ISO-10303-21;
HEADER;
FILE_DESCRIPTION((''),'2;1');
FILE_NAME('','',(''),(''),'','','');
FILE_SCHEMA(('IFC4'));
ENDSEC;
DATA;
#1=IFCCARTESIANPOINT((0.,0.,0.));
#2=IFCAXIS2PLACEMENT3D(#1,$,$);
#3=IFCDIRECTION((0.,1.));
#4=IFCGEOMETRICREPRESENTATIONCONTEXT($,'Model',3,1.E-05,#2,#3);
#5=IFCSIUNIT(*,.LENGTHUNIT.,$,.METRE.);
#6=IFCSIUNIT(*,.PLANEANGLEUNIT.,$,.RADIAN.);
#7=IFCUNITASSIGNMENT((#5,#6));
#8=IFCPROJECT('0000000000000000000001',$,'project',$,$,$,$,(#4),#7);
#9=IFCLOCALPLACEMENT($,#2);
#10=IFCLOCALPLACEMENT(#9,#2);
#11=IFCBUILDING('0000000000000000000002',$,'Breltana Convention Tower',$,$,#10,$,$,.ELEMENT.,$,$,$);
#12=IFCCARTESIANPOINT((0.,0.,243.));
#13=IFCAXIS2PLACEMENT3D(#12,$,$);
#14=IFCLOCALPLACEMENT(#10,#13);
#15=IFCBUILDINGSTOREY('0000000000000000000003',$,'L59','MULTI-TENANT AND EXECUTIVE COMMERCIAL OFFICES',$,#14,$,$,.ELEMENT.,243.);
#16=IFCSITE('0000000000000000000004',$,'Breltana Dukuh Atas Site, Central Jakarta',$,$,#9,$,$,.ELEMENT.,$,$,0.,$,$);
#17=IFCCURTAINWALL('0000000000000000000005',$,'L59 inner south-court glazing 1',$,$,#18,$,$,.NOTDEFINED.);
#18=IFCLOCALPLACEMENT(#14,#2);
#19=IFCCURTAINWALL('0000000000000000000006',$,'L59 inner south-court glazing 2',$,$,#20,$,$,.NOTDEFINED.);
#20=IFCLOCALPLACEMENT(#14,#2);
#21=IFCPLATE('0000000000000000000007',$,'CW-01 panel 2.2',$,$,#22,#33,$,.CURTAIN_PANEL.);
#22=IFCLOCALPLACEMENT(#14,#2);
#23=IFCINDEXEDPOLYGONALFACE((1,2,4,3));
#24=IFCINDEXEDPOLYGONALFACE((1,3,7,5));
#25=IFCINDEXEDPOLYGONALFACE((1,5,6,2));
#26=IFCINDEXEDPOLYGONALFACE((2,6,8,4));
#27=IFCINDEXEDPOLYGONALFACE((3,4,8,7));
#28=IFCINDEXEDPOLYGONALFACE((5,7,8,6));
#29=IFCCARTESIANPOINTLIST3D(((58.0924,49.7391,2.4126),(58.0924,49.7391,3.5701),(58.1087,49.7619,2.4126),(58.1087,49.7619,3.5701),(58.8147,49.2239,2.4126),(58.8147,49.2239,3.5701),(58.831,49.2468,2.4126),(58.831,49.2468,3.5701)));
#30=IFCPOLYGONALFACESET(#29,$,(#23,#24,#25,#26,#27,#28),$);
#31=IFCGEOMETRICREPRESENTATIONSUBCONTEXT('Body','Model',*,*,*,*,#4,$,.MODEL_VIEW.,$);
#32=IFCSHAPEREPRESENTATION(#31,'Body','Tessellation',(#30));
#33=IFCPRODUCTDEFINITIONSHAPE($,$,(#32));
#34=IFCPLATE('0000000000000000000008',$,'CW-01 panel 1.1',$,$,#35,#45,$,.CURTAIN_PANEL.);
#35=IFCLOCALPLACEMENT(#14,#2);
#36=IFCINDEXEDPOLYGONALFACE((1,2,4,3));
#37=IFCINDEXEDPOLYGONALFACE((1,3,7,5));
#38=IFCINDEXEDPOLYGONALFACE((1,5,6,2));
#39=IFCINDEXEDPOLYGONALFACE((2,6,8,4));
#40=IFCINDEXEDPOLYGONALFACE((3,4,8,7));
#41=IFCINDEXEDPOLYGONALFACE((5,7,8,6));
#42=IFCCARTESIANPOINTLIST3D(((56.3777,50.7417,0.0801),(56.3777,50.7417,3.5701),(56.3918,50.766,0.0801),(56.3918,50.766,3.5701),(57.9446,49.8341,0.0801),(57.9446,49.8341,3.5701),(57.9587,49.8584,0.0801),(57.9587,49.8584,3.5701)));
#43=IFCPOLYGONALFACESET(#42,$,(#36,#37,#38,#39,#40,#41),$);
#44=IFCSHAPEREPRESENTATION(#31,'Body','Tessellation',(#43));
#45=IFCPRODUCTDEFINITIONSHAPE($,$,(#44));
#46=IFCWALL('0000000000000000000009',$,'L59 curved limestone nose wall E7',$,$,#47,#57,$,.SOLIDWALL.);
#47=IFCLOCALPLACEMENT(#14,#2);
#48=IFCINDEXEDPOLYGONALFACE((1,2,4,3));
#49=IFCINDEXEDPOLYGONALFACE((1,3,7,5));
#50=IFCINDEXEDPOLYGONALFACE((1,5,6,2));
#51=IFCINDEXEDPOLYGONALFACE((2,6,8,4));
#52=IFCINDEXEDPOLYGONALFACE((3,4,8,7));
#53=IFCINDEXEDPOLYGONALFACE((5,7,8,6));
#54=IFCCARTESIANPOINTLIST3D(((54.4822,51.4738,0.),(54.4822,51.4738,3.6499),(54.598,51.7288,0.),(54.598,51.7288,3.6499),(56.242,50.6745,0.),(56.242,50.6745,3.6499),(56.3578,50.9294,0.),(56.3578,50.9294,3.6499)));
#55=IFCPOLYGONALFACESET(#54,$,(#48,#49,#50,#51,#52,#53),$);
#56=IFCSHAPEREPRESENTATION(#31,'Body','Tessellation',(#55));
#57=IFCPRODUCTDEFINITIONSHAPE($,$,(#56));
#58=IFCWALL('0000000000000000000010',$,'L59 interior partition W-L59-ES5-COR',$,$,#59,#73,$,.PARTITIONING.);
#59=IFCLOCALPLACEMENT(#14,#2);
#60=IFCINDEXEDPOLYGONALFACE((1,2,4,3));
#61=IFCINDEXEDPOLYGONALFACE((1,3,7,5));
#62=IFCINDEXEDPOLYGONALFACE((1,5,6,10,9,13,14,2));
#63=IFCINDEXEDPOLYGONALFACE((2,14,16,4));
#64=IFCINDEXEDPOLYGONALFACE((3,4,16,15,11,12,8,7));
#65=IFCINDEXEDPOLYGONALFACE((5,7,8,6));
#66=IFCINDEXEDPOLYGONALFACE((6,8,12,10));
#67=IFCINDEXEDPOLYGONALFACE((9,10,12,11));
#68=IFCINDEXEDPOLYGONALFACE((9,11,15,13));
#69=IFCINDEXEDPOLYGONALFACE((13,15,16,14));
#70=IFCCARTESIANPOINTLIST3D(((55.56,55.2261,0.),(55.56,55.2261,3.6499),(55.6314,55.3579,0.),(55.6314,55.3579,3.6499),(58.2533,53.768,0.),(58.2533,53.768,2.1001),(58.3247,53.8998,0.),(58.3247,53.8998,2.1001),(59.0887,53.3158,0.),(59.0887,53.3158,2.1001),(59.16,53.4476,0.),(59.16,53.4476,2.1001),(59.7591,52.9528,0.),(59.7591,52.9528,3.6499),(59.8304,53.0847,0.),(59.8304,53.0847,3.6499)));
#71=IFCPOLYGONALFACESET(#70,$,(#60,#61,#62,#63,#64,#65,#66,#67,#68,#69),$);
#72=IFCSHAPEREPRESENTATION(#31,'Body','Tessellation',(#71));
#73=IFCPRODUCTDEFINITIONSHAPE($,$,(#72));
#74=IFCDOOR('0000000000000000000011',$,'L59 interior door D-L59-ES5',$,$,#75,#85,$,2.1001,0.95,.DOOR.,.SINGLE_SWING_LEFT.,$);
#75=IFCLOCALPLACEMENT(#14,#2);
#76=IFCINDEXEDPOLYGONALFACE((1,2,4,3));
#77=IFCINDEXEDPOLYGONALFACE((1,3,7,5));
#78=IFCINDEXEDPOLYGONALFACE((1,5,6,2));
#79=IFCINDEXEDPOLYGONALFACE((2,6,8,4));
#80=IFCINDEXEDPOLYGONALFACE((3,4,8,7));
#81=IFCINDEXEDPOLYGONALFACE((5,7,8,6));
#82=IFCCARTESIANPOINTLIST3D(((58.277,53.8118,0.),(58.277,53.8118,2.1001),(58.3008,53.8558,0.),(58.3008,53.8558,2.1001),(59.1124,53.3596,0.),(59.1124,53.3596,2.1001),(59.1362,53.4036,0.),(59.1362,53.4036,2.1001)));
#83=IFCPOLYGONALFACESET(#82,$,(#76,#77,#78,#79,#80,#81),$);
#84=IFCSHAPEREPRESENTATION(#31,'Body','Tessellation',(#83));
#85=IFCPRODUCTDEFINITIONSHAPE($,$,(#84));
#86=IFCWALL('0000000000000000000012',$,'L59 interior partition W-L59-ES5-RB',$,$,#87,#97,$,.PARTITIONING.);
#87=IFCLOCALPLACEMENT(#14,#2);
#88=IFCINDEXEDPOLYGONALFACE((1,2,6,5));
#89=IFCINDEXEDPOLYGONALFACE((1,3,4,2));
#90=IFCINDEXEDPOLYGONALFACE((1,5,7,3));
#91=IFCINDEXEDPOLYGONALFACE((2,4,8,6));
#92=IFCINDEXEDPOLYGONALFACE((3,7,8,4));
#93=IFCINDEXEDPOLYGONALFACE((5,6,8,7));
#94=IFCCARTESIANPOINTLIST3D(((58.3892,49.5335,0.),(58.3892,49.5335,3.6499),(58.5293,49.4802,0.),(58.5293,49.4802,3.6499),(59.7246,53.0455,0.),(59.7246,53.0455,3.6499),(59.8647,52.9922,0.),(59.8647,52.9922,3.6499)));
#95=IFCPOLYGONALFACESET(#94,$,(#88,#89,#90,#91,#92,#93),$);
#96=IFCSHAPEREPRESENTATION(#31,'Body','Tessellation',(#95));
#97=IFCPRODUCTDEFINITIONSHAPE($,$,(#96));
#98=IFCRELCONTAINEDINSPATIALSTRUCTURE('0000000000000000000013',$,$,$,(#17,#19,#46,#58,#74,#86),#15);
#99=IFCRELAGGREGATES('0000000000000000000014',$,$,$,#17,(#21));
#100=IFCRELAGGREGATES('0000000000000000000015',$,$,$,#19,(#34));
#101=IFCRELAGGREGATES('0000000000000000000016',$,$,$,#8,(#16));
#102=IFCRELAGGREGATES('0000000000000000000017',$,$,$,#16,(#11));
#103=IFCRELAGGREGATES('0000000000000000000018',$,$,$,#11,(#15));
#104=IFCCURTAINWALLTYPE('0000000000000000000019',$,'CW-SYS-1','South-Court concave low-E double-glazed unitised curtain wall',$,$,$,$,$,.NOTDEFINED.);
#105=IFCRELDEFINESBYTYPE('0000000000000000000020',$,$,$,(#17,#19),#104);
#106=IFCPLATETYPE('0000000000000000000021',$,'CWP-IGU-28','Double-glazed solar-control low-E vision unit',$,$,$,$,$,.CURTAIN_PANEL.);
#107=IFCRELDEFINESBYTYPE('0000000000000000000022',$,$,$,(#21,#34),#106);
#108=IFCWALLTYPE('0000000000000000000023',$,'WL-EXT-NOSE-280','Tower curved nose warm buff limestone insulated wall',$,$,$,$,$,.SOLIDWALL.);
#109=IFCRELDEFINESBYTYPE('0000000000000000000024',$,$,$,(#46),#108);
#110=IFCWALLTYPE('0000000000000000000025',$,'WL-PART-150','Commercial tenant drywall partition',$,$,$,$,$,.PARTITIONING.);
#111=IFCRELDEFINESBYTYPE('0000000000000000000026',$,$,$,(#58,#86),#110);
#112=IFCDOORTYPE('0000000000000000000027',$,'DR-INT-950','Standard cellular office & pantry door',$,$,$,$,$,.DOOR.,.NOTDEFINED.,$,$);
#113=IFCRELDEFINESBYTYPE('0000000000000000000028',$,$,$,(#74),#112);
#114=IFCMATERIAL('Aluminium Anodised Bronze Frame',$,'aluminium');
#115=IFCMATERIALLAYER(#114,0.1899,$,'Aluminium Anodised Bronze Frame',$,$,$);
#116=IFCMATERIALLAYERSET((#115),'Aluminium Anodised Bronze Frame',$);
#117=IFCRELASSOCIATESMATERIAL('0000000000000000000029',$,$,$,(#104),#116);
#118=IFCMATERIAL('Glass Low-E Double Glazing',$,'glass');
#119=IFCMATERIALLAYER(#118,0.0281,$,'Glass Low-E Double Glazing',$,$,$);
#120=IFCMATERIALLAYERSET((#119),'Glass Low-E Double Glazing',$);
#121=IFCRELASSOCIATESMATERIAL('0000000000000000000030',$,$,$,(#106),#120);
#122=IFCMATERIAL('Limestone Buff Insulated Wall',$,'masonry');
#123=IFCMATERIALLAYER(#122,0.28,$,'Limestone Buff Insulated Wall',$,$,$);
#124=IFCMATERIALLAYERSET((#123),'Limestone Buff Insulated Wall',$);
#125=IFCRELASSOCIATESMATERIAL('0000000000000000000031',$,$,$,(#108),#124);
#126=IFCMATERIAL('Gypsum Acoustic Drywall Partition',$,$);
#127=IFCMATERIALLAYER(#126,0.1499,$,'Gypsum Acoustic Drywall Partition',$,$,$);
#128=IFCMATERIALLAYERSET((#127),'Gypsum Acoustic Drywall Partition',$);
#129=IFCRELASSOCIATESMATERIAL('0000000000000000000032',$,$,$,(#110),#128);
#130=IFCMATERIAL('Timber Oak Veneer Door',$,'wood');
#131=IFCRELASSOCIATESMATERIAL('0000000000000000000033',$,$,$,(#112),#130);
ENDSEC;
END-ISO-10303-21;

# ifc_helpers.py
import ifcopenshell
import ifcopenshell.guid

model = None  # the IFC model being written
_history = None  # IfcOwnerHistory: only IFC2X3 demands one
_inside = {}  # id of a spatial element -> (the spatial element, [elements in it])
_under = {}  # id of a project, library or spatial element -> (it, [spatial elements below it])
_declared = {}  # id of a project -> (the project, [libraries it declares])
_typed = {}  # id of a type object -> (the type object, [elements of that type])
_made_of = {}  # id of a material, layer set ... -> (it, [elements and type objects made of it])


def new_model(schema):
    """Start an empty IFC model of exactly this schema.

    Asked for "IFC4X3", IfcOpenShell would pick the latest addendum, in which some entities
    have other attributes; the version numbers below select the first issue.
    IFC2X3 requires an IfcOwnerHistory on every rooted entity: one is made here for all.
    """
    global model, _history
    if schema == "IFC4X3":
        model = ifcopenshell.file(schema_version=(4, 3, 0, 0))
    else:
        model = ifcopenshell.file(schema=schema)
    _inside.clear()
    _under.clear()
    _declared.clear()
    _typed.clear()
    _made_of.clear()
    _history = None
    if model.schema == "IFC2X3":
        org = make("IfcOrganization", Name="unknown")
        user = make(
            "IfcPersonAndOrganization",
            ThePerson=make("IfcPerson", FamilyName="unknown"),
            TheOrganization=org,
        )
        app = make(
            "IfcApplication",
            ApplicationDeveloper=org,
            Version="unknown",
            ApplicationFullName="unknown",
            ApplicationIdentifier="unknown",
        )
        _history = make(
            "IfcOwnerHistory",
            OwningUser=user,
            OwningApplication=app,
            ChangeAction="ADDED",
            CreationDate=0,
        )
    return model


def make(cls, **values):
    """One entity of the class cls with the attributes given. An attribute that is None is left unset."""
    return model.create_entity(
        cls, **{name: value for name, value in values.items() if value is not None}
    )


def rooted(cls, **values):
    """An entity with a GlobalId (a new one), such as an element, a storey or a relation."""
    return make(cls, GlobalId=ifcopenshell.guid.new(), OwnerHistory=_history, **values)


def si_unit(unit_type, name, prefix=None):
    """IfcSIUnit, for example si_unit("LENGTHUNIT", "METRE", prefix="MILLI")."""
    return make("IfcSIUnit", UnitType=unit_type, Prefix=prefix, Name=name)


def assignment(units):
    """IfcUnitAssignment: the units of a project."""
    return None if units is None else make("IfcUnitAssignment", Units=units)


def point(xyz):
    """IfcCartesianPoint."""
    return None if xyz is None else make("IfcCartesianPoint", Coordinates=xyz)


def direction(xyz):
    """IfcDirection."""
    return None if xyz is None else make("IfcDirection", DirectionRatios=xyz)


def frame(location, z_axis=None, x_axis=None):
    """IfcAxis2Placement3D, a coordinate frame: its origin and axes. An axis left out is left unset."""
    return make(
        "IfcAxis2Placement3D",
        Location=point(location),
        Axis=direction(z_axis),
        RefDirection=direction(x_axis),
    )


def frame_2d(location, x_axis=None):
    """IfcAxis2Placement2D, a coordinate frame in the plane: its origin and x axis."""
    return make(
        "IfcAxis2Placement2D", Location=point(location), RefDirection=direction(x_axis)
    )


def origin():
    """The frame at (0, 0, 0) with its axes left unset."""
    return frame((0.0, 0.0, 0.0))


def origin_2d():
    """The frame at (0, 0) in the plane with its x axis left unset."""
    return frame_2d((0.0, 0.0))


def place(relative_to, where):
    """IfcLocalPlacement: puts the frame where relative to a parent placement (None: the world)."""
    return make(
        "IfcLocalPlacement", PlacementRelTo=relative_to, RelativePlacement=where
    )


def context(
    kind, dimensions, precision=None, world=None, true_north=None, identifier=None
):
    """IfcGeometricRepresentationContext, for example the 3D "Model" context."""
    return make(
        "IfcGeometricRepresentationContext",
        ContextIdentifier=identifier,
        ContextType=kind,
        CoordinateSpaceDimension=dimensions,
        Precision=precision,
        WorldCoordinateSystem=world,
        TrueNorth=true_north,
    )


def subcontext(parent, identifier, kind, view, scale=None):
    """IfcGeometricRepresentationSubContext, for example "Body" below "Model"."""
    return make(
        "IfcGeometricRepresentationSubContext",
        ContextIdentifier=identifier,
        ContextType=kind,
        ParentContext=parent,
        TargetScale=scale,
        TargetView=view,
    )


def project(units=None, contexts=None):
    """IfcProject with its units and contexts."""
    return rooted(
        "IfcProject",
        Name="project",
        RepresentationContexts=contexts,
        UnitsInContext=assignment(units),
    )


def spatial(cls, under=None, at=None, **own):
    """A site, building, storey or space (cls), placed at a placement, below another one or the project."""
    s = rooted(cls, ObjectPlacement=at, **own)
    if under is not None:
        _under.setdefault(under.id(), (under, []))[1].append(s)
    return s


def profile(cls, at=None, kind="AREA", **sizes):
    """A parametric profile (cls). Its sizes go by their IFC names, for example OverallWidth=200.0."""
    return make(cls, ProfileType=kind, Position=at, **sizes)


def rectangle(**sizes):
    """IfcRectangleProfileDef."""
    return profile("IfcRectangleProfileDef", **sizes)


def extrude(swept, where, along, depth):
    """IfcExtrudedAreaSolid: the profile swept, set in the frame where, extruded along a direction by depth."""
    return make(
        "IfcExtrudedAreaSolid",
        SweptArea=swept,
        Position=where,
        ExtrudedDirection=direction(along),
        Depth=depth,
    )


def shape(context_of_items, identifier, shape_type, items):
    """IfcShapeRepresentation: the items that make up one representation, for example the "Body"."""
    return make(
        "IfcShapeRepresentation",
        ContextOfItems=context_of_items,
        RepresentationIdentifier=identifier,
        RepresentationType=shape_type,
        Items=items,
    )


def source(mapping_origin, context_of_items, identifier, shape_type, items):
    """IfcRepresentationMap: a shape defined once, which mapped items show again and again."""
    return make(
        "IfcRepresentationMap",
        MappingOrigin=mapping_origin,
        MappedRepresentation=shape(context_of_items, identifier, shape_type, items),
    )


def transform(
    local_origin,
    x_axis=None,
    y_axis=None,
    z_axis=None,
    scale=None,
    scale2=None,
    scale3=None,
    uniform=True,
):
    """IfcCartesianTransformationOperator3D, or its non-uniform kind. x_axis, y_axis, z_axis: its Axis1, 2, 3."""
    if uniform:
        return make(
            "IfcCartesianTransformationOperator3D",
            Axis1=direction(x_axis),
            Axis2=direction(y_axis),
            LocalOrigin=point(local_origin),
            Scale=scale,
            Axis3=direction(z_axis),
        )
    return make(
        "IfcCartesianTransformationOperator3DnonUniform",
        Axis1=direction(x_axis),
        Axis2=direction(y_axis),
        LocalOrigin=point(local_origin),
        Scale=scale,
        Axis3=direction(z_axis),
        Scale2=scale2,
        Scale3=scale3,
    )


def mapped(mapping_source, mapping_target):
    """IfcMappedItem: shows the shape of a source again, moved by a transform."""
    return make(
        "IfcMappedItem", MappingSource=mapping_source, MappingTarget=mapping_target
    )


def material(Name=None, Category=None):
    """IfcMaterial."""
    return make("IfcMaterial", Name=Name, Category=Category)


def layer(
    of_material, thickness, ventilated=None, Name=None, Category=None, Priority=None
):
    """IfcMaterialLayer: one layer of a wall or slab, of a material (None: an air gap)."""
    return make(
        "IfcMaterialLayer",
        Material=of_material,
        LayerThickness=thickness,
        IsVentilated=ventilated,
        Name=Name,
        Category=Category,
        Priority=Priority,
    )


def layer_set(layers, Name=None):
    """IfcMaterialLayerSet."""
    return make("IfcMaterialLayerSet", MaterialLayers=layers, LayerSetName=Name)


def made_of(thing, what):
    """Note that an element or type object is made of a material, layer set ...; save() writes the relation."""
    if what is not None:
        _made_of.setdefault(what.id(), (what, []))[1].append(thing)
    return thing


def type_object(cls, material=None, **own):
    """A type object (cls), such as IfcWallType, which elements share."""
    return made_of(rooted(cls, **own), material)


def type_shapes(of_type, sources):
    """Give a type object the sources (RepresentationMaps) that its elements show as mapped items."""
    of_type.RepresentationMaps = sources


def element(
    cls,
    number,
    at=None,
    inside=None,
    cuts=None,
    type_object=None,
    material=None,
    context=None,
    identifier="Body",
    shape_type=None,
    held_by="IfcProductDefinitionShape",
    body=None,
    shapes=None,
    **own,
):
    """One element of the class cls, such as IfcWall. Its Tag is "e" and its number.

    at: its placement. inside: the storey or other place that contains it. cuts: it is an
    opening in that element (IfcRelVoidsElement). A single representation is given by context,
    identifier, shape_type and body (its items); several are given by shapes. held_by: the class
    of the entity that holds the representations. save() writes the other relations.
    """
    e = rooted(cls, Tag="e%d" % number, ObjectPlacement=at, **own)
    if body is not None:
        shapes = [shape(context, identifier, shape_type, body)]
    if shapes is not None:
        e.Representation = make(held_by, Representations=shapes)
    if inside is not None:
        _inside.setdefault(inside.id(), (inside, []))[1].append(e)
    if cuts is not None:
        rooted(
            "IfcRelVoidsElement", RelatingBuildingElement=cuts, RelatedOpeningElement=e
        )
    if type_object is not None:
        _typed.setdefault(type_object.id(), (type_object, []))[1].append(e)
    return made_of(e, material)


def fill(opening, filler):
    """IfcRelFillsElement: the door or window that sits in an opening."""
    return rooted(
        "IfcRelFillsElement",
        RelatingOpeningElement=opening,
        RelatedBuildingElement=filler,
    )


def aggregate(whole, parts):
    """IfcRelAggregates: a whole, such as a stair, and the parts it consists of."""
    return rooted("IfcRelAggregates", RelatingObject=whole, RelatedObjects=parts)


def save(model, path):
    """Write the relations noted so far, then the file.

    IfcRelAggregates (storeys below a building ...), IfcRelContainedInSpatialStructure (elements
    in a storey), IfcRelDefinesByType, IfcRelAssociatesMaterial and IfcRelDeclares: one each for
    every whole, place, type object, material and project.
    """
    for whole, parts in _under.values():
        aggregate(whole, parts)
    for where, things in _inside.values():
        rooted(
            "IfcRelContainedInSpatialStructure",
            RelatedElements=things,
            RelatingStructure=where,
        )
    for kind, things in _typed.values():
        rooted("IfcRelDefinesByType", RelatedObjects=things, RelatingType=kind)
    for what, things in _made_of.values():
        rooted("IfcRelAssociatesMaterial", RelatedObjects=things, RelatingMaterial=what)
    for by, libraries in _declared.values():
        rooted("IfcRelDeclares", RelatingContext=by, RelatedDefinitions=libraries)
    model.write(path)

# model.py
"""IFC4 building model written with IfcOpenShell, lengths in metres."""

from ifc_helpers import new_model, si_unit, direction, frame, frame_2d, origin, origin_2d, place, context, subcontext, project, spatial, rectangle, extrude, source, transform, mapped, material, layer, layer_set, type_object, type_shapes, element, fill, aggregate, save


model = new_model("IFC4")

# Units and contexts
model_context = context("Model", 3, precision=1e-05, world=origin(), true_north=direction((0.0, 1.0)))
body_context = subcontext(model_context, "Body", "Model", "MODEL_VIEW")
ifc_project = project(units=[si_unit("LENGTHUNIT", "METRE"), si_unit("PLANEANGLEUNIT", "RADIAN")], contexts=[model_context])

# Site, building, storey
site_placement = place(None, origin())
site = spatial("IfcSite", under=ifc_project, at=site_placement, Name="Breltana Dukuh Atas Site, Central Jakarta", CompositionType="ELEMENT", RefElevation=0.0)
building_placement = place(site_placement, origin())
building = spatial("IfcBuilding", under=site, at=building_placement, Name="Breltana Convention Tower", CompositionType="ELEMENT")
storey_placement = place(building_placement, frame((0.0, 0.0, 243.0)))
storey = spatial("IfcBuildingStorey", under=building, at=storey_placement, Name="L59", Description="MULTI-TENANT AND EXECUTIVE COMMERCIAL OFFICES", CompositionType="ELEMENT", Elevation=243.0)

# Curtain wall
ifc_material_1 = material(Name="Aluminium Anodised Bronze Frame", Category="aluminium")
ifc_layer_1 = layer(ifc_material_1, 0.1899, Name="Aluminium Anodised Bronze Frame")
ifc_layer_set_1 = layer_set([ifc_layer_1], Name="Aluminium Anodised Bronze Frame")
curtain_wall_type = type_object("IfcCurtainWallType", Name="CW-SYS-1", Description="South-Court concave low-E double-glazed unitised curtain wall", PredefinedType="NOTDEFINED", material=ifc_layer_set_1)
curtain_wall_1_placement = place(storey_placement, origin())
curtain_wall_1 = element("IfcCurtainWall", 1, at=curtain_wall_1_placement, inside=storey, type_object=curtain_wall_type, Name="L59 inner south-court glazing 1", PredefinedType="NOTDEFINED")

# Curtain wall
curtain_wall_2_placement = place(storey_placement, origin())
curtain_wall_2 = element("IfcCurtainWall", 2, at=curtain_wall_2_placement, inside=storey, type_object=curtain_wall_type, Name="L59 inner south-court glazing 2", PredefinedType="NOTDEFINED")

# Plates
ifc_material_2 = material(Name="Glass Low-E Double Glazing", Category="glass")
ifc_layer_2 = layer(ifc_material_2, 0.0281, Name="Glass Low-E Double Glazing")
ifc_layer_set_2 = layer_set([ifc_layer_2], Name="Glass Low-E Double Glazing")
plate_type = type_object("IfcPlateType", Name="CWP-IGU-28", Description="Double-glazed solar-control low-E vision unit", PredefinedType="CURTAIN_PANEL", material=ifc_layer_set_2)
shared_shape_1 = source(origin(), body_context, "Body", "SweptSolid", [
    extrude(rectangle(XDim=0.8872, YDim=0.0281, at=origin_2d()), origin(), (0.0, 0.0, 1.0), 1.1575),
])
plate_1_placement = place(storey_placement, frame((58.4617, 49.4929, 2.4126), z_axis=(0.0, 0.0, 1.0), x_axis=(-0.814132, 0.580679, 0.0)))
plate_1 = element("IfcPlate", 3, at=plate_1_placement, type_object=plate_type, Name="CW-01 panel 2.2", PredefinedType="CURTAIN_PANEL", context=body_context, shape_type="MappedRepresentation", body=[
    mapped(shared_shape_1, transform((0.0, 0.0, 0.0), scale=1.0)),
])
aggregate(curtain_wall_1, [plate_1])
shared_shape_2 = source(origin(), body_context, "Body", "SweptSolid", [
    extrude(rectangle(XDim=1.8108, YDim=0.0281, at=origin_2d()), origin(), (0.0, 0.0, 1.0), 3.49),
])
plate_2_placement = place(storey_placement, frame((57.1682, 50.3, 0.0801), z_axis=(0.0, 0.0, 1.0), x_axis=(-0.865337, 0.50119, 0.0)))
plate_2 = element("IfcPlate", 4, at=plate_2_placement, type_object=plate_type, Name="CW-01 panel 1.1", PredefinedType="CURTAIN_PANEL", context=body_context, shape_type="MappedRepresentation", body=[
    mapped(shared_shape_2, transform((0.0, 0.0, 0.0), scale=1.0)),
])
aggregate(curtain_wall_2, [plate_2])

# Wall
ifc_material_3 = material(Name="Limestone Buff Insulated Wall", Category="masonry")
ifc_layer_3 = layer(ifc_material_3, 0.28, Name="Limestone Buff Insulated Wall")
ifc_layer_set_3 = layer_set([ifc_layer_3], Name="Limestone Buff Insulated Wall")
wall_type_1 = type_object("IfcWallType", Name="WL-EXT-NOSE-280", Description="Tower curved nose warm buff limestone insulated wall", PredefinedType="SOLIDWALL", material=ifc_layer_set_3)
shared_shape_3 = source(origin(), body_context, "Body", "SweptSolid", [
    extrude(rectangle(XDim=1.9329, YDim=0.28, at=frame_2d((0.9663, 0.0))), origin(), (0.0, 0.0, 1.0), 3.6499),
])
wall_1_placement = place(storey_placement, frame((56.2998, 50.802, 0.0), z_axis=(0.0, 0.0, 1.0), x_axis=(-0.910479, 0.413555, 0.0)))
element("IfcWall", 5, at=wall_1_placement, inside=storey, type_object=wall_type_1, Name="L59 curved limestone nose wall E7", PredefinedType="SOLIDWALL", context=body_context, shape_type="MappedRepresentation", body=[
    mapped(shared_shape_3, transform((0.0, 0.0, 0.0), scale=1.0)),
])

# Wall, opening, door
ifc_material_4 = material(Name="Gypsum Acoustic Drywall Partition")
ifc_layer_4 = layer(ifc_material_4, 0.1499, Name="Gypsum Acoustic Drywall Partition")
ifc_layer_set_4 = layer_set([ifc_layer_4], Name="Gypsum Acoustic Drywall Partition")
wall_type_2 = type_object("IfcWallType", Name="WL-PART-150", Description="Commercial tenant drywall partition", PredefinedType="PARTITIONING", material=ifc_layer_set_4)
shared_shape_4 = source(origin(), body_context, "Body", "SweptSolid", [
    extrude(rectangle(XDim=4.7749, YDim=0.1499, at=frame_2d((2.3875, 0.0))), origin(), (0.0, 0.0, 1.0), 3.6499),
])
wall_2_placement = place(storey_placement, frame((55.5957, 55.292, 0.0), z_axis=(0.0, 0.0, 1.0), x_axis=(0.879402, -0.476081, 0.0)))
wall_2 = element("IfcWall", 6, at=wall_2_placement, inside=storey, type_object=wall_type_2, Name="L59 interior partition W-L59-ES5-COR", PredefinedType="PARTITIONING", context=body_context, shape_type="MappedRepresentation", body=[
    mapped(shared_shape_4, transform((0.0, 0.0, 0.0), scale=1.0)),
])
opening_placement = place(wall_2_placement, frame((3.0625, 0.0, 0.0)))
opening = element("IfcOpeningElement", 7, at=opening_placement, cuts=wall_2, PredefinedType="OPENING", context=body_context, shape_type="SweptSolid", body=[
    extrude(rectangle(XDim=0.95, YDim=2.1001, at=frame_2d((0.4751, 1.05))), frame((0.0, 0.085, 0.0), z_axis=(0.0, -1.0, 0.0), x_axis=(1.0, 0.0, 0.0)), (0.0, 0.0, 1.0), 0.1699),
])
ifc_material_5 = material(Name="Timber Oak Veneer Door", Category="wood")
door_type = type_object("IfcDoorType", Name="DR-INT-950", Description="Standard cellular office & pantry door", OperationType="NOTDEFINED", PredefinedType="DOOR", material=ifc_material_5)
shared_shape_5 = source(origin(), body_context, "Body", "SweptSolid", [
    extrude(rectangle(XDim=0.95, YDim=2.1001, at=frame_2d((0.4751, 1.05))), frame((0.0, 0.0249, 0.0), z_axis=(0.0, -1.0, 0.0), x_axis=(1.0, 0.0, 0.0)), (0.0, 0.0, 1.0), 0.05),
])
type_shapes(door_type, [shared_shape_5])
door_placement = place(opening_placement, origin())
door = element("IfcDoor", 8, at=door_placement, inside=storey, type_object=door_type, Name="L59 interior door D-L59-ES5", OperationType="SINGLE_SWING_LEFT", OverallHeight=2.1001, OverallWidth=0.95, PredefinedType="DOOR", context=body_context, shape_type="MappedRepresentation", body=[
    mapped(shared_shape_5, transform((0.0, 0.0, 0.0), scale=1.0)),
])
fill(opening, door)

# Wall
shared_shape_6 = source(origin(), body_context, "Body", "SweptSolid", [
    extrude(rectangle(XDim=3.7573, YDim=0.1499, at=frame_2d((1.8787, 0.0))), origin(), (0.0, 0.0, 1.0), 3.6499),
])
wall_3_placement = place(storey_placement, frame((58.4592, 49.5068, 0.0), z_axis=(0.0, 0.0, 1.0), x_axis=(0.355428, 0.934704, 0.0)))
element("IfcWall", 9, at=wall_3_placement, inside=storey, type_object=wall_type_2, Name="L59 interior partition W-L59-ES5-RB", PredefinedType="PARTITIONING", context=body_context, shape_type="MappedRepresentation", body=[
    mapped(shared_shape_6, transform((0.0, 0.0, 0.0), scale=1.0)),
])

save(model, "model.ifc")
